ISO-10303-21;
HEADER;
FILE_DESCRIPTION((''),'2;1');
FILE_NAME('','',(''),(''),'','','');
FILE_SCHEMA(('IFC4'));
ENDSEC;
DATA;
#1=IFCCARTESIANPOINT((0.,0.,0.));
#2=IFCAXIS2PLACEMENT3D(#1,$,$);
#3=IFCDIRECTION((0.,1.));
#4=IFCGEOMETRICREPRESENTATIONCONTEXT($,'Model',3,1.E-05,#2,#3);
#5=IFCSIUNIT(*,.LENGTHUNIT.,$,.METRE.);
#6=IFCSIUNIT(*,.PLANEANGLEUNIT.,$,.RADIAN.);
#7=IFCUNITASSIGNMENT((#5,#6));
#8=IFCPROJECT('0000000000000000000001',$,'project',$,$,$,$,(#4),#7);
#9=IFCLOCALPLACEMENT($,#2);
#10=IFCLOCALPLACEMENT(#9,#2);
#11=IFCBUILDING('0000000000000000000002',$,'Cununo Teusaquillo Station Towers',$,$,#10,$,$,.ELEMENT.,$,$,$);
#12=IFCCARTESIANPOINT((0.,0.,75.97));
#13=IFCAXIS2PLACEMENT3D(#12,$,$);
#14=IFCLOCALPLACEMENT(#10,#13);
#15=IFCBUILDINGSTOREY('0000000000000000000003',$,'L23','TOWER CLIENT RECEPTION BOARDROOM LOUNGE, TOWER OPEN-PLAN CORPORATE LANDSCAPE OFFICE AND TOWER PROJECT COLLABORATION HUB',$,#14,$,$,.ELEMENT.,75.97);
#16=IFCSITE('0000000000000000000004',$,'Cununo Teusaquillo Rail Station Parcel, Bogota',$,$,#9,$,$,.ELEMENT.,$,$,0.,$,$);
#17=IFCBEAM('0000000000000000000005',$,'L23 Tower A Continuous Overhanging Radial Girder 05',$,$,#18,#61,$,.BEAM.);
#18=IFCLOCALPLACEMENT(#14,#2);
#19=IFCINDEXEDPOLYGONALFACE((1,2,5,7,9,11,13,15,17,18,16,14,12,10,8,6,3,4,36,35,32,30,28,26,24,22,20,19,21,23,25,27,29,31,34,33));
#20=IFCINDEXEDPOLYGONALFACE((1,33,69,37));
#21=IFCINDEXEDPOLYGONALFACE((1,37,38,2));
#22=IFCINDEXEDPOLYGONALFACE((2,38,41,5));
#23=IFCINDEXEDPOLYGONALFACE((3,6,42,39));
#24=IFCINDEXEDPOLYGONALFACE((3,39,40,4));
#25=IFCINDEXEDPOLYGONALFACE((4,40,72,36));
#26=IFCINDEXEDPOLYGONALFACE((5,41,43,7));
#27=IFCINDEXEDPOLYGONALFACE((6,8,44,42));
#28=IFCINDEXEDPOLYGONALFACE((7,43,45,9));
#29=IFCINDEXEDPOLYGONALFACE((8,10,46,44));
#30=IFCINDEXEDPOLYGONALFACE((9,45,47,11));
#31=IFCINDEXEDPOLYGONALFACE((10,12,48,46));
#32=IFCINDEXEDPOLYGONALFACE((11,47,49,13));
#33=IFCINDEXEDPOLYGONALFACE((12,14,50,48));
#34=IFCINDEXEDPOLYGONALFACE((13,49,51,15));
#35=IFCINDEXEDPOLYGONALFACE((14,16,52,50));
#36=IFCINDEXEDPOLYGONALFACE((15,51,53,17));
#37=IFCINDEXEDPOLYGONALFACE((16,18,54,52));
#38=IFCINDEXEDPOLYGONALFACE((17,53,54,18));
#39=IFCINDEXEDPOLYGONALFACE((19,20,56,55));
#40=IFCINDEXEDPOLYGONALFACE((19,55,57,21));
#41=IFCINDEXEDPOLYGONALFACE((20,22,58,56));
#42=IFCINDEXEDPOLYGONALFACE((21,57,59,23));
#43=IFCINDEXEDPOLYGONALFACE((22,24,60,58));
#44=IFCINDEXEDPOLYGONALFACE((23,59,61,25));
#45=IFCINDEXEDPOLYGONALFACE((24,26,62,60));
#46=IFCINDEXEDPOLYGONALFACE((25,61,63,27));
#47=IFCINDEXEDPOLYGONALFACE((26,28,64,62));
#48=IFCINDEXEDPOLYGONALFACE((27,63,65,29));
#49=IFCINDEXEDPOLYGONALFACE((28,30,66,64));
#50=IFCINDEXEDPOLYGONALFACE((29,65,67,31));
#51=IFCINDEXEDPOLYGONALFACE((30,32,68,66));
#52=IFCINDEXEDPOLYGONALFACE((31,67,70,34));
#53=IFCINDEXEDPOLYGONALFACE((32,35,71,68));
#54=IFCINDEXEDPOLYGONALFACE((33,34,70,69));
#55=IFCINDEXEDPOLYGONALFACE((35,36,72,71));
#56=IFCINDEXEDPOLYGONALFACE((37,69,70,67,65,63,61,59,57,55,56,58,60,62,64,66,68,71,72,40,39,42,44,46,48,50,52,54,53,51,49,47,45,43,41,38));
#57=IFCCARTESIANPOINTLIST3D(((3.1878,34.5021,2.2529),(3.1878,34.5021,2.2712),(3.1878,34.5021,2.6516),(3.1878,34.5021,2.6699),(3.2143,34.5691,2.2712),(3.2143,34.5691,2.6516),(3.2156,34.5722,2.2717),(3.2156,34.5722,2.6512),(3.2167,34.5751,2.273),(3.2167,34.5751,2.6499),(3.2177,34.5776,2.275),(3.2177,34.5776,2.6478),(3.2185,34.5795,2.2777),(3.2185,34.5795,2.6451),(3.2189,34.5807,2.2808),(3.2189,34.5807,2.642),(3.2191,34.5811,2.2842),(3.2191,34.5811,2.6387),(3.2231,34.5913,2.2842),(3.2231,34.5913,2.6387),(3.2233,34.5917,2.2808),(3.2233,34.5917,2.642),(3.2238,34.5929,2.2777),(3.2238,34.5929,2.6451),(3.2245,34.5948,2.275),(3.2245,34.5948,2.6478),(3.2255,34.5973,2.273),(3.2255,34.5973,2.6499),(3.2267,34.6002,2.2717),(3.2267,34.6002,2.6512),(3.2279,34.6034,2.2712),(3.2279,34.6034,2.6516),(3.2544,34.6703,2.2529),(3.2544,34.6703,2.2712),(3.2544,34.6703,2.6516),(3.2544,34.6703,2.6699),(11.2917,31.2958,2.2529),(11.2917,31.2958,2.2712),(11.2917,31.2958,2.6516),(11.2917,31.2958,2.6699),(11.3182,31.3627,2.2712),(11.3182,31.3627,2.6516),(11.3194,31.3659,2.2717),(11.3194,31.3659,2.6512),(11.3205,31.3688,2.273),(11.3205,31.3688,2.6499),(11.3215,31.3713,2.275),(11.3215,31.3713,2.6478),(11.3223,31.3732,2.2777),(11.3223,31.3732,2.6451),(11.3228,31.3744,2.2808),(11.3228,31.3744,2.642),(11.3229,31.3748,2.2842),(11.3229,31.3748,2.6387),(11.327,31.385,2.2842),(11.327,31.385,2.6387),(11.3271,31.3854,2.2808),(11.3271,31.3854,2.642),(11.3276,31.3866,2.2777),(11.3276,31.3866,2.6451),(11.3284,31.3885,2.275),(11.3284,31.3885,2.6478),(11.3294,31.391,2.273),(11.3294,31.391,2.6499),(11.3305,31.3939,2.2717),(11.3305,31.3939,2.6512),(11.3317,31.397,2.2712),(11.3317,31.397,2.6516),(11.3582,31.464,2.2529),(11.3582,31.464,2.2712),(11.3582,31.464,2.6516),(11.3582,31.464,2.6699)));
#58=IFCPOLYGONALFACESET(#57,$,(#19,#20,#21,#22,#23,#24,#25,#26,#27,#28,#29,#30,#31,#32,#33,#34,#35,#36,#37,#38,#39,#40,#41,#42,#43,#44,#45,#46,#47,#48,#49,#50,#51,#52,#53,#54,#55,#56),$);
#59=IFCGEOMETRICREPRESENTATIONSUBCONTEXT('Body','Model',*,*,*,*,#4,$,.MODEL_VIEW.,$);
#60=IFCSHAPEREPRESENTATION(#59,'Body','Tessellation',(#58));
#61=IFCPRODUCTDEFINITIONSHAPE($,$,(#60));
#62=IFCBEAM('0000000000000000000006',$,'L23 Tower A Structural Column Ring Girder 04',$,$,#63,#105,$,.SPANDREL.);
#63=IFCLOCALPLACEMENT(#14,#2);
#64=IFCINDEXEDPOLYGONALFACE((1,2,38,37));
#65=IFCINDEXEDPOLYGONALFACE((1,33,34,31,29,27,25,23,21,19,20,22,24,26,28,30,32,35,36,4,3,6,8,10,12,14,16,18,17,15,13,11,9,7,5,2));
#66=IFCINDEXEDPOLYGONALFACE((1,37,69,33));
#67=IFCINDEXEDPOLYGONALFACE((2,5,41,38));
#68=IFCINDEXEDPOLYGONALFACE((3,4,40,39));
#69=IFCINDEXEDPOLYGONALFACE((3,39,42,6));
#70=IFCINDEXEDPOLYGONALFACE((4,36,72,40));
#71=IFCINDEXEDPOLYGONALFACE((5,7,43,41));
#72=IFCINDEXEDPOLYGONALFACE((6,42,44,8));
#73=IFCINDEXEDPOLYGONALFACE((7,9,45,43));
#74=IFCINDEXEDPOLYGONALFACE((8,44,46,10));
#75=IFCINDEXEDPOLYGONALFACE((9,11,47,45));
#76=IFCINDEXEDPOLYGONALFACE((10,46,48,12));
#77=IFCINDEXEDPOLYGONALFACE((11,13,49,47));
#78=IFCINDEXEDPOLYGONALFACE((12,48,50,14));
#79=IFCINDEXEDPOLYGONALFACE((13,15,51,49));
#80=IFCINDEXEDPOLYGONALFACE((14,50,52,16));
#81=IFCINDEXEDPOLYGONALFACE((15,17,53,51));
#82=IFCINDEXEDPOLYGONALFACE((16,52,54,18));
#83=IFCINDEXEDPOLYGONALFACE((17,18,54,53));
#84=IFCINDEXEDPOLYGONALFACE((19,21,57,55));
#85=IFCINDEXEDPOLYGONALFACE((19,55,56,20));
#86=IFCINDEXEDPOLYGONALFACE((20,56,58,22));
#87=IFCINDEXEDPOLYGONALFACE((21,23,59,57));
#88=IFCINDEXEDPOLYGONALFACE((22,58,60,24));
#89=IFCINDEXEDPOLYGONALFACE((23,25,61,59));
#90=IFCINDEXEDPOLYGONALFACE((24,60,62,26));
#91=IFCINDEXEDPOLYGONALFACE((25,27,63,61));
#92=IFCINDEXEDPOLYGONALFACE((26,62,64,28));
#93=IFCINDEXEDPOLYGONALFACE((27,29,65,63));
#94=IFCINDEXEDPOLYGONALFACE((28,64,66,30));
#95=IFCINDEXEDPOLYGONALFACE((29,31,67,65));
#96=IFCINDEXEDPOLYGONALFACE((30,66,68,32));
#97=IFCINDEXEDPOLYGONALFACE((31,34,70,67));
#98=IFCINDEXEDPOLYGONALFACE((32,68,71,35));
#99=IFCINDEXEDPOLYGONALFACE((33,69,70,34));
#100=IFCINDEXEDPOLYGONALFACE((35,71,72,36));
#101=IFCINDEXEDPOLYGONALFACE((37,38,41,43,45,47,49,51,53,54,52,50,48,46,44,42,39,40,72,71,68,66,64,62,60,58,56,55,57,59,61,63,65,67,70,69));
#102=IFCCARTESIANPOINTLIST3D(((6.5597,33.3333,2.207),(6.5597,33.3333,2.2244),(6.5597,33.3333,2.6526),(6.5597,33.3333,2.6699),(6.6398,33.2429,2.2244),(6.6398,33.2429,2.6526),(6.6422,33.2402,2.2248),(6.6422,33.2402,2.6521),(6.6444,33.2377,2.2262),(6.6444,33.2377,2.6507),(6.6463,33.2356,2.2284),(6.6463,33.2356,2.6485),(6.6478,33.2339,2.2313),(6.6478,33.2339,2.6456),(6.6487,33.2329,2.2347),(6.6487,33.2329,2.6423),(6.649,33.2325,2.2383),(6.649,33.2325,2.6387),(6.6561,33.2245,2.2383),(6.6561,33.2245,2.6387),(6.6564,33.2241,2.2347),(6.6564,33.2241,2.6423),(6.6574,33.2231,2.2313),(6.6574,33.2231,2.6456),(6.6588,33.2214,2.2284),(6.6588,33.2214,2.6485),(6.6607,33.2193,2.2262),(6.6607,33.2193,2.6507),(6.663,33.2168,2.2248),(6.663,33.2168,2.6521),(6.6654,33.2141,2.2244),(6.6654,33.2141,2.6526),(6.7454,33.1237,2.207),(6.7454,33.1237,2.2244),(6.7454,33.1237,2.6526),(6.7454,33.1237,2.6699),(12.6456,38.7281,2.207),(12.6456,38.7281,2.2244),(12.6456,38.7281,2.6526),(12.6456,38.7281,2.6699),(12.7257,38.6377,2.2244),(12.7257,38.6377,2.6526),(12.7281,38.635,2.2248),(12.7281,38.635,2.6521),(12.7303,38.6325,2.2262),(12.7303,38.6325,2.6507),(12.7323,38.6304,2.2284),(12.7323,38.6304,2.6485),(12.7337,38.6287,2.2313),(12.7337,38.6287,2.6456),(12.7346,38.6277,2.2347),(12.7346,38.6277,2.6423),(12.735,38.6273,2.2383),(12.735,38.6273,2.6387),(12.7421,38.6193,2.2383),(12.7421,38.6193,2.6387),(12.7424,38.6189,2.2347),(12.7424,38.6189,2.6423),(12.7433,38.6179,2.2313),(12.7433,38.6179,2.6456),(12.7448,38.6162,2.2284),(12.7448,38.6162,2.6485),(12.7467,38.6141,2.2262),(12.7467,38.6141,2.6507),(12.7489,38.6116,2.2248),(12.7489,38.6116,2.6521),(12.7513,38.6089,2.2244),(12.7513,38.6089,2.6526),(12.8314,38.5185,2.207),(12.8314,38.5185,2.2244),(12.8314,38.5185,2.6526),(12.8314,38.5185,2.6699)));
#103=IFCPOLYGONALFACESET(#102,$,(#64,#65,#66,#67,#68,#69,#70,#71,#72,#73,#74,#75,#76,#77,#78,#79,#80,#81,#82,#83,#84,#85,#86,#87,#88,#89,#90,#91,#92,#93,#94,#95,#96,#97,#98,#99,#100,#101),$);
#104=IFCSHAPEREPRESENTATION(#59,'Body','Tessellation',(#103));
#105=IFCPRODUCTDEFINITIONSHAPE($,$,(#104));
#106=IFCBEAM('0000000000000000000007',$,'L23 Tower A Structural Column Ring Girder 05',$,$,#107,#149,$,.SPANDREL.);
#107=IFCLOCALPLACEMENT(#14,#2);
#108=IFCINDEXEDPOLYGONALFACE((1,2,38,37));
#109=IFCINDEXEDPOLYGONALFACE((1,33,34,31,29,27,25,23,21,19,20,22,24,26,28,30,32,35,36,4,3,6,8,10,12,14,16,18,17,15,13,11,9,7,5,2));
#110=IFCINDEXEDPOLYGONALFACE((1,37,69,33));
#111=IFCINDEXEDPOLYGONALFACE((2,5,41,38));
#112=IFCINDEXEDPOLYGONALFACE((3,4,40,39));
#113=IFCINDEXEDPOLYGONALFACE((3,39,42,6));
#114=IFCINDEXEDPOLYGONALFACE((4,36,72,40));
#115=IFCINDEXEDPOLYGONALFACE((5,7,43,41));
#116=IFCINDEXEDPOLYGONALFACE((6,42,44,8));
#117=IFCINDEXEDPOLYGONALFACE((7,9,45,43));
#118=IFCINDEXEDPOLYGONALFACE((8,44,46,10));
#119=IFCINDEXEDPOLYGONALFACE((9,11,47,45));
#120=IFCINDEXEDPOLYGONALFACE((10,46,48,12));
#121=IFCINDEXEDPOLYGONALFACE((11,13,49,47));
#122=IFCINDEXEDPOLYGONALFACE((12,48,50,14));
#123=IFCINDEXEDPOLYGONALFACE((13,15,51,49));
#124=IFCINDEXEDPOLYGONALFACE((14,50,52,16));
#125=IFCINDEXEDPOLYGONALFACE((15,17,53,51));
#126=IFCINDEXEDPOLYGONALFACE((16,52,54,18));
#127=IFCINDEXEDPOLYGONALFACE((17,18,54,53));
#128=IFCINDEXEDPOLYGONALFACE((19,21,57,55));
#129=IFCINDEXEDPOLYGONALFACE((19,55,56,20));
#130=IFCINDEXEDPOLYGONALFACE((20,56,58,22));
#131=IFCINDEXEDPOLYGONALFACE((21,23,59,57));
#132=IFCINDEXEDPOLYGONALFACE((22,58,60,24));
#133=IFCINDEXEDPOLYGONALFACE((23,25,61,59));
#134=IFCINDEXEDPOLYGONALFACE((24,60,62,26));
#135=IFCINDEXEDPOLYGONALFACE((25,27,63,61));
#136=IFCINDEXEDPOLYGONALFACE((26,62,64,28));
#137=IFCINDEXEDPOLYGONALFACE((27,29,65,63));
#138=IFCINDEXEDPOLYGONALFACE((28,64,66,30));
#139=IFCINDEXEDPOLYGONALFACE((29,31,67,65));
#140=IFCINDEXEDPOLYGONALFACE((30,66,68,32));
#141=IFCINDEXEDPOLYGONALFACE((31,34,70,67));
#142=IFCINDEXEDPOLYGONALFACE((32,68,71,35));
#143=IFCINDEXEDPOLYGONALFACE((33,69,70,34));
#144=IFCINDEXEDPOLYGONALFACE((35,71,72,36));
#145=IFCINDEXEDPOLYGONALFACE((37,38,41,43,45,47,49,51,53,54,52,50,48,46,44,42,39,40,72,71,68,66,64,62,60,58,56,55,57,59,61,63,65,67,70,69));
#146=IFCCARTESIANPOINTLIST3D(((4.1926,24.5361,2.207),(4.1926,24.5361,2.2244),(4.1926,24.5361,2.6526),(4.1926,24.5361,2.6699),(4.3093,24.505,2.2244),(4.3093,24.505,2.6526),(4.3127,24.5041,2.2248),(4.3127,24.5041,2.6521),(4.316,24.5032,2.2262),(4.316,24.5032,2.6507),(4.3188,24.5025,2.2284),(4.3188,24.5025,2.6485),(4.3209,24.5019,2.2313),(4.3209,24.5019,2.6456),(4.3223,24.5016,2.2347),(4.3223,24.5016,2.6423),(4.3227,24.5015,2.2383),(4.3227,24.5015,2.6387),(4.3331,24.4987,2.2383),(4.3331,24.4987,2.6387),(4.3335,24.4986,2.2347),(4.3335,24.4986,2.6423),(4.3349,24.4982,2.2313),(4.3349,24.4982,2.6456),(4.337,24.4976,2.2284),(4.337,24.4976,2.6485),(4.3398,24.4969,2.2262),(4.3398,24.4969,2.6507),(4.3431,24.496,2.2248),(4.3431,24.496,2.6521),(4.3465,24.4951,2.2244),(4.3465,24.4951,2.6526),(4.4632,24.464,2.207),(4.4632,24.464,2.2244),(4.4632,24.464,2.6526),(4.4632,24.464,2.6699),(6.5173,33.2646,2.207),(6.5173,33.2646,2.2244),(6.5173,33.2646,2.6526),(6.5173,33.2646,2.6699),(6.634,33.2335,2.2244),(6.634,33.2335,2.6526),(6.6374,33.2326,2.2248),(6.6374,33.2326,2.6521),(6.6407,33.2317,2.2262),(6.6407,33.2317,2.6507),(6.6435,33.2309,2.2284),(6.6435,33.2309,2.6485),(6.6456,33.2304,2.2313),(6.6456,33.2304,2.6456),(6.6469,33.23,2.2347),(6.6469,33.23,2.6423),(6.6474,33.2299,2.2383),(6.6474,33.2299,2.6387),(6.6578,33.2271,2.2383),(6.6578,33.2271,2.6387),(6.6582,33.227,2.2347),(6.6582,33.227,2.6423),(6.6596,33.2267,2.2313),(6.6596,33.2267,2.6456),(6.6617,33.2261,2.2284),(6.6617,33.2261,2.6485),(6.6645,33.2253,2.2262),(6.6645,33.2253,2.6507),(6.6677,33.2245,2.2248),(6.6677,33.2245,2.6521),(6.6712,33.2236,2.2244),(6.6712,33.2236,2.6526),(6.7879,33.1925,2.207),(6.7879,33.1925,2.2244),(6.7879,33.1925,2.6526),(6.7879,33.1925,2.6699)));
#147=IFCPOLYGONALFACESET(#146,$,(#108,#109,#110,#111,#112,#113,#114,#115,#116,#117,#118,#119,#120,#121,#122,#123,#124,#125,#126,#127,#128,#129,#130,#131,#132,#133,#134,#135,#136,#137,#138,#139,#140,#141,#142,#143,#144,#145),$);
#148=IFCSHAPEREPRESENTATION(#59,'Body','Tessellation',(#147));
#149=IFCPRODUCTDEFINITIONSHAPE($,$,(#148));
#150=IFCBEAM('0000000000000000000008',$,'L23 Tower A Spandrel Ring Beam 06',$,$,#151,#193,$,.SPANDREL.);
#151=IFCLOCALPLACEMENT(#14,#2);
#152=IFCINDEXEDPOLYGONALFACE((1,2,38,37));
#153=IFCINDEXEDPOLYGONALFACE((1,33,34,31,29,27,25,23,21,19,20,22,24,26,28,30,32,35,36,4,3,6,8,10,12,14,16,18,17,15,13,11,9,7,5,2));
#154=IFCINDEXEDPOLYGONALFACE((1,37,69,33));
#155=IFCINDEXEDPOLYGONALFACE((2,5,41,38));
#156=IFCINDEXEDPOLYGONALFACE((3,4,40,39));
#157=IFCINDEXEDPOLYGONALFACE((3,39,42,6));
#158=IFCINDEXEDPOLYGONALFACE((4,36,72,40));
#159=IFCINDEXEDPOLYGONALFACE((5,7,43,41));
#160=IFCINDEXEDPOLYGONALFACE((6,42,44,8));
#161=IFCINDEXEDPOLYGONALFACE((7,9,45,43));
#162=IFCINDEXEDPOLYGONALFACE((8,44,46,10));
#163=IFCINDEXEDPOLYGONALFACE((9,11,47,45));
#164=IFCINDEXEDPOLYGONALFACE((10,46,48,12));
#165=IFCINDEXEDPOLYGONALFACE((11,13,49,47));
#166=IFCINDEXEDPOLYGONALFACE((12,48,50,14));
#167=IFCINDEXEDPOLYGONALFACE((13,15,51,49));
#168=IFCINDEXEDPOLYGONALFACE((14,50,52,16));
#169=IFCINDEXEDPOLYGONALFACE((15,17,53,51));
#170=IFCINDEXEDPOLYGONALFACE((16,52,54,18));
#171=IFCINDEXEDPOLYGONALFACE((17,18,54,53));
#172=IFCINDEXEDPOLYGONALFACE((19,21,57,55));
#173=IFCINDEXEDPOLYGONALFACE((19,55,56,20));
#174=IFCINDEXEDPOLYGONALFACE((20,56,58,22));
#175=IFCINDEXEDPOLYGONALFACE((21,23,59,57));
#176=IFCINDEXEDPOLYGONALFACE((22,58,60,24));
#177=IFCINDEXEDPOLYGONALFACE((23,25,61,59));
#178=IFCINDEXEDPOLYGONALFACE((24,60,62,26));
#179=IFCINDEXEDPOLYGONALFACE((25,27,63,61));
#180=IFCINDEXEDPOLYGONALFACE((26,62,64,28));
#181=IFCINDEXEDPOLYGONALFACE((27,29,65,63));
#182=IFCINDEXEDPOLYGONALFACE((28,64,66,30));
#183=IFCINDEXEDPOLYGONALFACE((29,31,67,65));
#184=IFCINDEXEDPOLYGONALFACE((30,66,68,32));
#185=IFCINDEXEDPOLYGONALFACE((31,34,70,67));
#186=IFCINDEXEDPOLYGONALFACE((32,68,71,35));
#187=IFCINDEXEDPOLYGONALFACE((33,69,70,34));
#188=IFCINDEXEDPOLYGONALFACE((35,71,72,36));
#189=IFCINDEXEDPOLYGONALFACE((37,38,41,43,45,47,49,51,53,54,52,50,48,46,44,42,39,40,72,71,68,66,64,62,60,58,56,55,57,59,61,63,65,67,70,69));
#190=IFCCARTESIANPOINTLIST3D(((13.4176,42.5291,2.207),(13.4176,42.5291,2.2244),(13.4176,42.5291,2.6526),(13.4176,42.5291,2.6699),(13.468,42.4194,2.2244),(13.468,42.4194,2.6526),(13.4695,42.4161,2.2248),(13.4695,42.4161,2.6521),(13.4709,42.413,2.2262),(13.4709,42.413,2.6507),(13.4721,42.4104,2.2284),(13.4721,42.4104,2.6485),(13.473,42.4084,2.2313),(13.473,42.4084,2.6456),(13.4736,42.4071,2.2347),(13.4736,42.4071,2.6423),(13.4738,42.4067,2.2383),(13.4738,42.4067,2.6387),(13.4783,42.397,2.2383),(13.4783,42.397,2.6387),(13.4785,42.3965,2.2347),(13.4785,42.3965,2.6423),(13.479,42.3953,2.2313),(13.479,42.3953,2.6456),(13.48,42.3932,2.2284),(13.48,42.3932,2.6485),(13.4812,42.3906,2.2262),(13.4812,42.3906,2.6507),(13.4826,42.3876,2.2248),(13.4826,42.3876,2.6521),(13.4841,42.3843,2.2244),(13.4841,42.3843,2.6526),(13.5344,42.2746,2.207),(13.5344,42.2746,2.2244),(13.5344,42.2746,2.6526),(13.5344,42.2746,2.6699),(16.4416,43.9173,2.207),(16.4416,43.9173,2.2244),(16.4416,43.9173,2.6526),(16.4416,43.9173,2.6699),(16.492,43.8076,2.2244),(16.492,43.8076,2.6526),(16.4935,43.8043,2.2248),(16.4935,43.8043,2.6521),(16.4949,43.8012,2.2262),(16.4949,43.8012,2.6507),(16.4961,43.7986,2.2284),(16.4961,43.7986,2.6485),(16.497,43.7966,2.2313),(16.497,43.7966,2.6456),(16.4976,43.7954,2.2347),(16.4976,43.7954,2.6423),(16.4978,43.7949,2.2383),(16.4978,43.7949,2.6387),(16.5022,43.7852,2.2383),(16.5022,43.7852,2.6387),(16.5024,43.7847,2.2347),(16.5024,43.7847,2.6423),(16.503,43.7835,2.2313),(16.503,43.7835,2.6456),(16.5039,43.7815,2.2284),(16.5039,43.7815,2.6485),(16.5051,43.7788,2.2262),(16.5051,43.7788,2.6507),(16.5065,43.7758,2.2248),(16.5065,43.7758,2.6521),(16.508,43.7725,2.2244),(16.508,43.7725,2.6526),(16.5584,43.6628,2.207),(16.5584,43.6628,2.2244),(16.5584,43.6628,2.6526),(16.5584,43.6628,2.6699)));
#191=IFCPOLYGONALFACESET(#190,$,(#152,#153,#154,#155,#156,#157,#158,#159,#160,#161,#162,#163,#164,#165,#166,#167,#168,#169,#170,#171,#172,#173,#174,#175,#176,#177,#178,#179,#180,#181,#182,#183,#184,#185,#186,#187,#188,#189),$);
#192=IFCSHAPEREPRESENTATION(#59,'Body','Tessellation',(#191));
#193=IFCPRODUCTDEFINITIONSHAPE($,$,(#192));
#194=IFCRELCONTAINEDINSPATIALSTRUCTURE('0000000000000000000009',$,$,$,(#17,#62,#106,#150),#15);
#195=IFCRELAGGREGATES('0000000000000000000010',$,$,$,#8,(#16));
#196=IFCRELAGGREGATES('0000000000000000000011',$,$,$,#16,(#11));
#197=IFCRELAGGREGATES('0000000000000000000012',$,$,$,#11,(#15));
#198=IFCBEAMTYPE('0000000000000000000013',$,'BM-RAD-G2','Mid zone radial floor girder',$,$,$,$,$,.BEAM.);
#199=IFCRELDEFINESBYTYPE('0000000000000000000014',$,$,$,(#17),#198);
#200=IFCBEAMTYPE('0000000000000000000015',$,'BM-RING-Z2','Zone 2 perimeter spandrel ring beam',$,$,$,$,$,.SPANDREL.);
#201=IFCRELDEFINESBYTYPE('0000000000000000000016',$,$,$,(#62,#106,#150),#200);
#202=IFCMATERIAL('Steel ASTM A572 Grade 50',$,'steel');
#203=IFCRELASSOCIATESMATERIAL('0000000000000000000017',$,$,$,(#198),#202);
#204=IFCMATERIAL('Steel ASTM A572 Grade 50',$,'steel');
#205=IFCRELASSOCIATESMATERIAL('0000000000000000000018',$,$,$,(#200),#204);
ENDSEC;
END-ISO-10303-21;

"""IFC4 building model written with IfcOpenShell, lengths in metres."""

from ifc_helpers import new_model, si_unit, direction, frame, origin, origin_2d, place, context, subcontext, project, spatial, i_section, extrude, material, material_profile, profile_set, type_object, element, save


model = new_model("IFC4")

# Units and contexts
model_context = context("Model", 3, precision=1e-05, world=origin(), true_north=direction((0.0, 1.0)))
body_context = subcontext(model_context, "Body", "Model", "MODEL_VIEW")
ifc_project = project(units=[si_unit("LENGTHUNIT", "METRE"), si_unit("PLANEANGLEUNIT", "RADIAN")], contexts=[model_context])

# Site, building, storey
site_placement = place(None, origin())
site = spatial("IfcSite", under=ifc_project, at=site_placement, Name="Cununo Teusaquillo Rail Station Parcel, Bogota", CompositionType="ELEMENT", RefElevation=0.0)
building_placement = place(site_placement, origin())
building = spatial("IfcBuilding", under=site, at=building_placement, Name="Cununo Teusaquillo Station Towers", CompositionType="ELEMENT")
storey_placement = place(building_placement, frame((0.0, 0.0, 75.97)))
storey = spatial("IfcBuildingStorey", under=building, at=storey_placement, Name="L23", Description="TOWER CLIENT RECEPTION BOARDROOM LOUNGE, TOWER OPEN-PLAN CORPORATE LANDSCAPE OFFICE AND TOWER PROJECT COLLABORATION HUB", CompositionType="ELEMENT", Elevation=75.97)

# Beams
ifc_material_1 = material(Name="Steel ASTM A572 Grade 50", Category="steel")
ifc_material_profile_1 = material_profile(ifc_material_1, i_section(OverallWidth=0.1809, OverallDepth=0.417, WebThickness=0.011, FlangeThickness=0.0183, FilletRadius=0.0129, at=origin_2d()), Name="W16X57")
ifc_profile_set_1 = profile_set([ifc_material_profile_1], Name="Steel ASTM A572 Grade 50")
beam_type_1 = type_object("IfcBeamType", Name="BM-RAD-G2", Description="Mid zone radial floor girder", PredefinedType="BEAM", material=ifc_profile_set_1)
beam_1_placement = place(storey_placement, frame((11.325, 31.3799, 2.4614), z_axis=(-0.929863, 0.367906, 0.0), x_axis=(-0.367906, -0.929863, 0.0)))
element("IfcBeam", 1, at=beam_1_placement, inside=storey, type_object=beam_type_1, Name="L23 Tower A Continuous Overhanging Radial Girder 05", PredefinedType="BEAM", context=body_context, shape_type="SweptSolid", body=[
    extrude(i_section(OverallWidth=0.1809, OverallDepth=0.417, WebThickness=0.011, FlangeThickness=0.0183, FilletRadius=0.0129, at=origin_2d()), origin(), (0.0, 0.0, 1.0), 8.7151),
])
ifc_material_2 = material(Name="Steel ASTM A572 Grade 50", Category="steel")
ifc_material_profile_2 = material_profile(ifc_material_2, i_section(OverallWidth=0.28, OverallDepth=0.4629, WebThickness=0.0107, FlangeThickness=0.0173, FilletRadius=0.0139, at=origin_2d()), Name="W18X76")
ifc_profile_set_2 = profile_set([ifc_material_profile_2], Name="Steel ASTM A572 Grade 50")
beam_type_2 = type_object("IfcBeamType", Name="BM-RING-Z2", Description="Zone 2 perimeter spandrel ring beam", PredefinedType="SPANDREL", material=ifc_profile_set_2)
beam_2_placement = place(storey_placement, frame((12.7385, 38.6233, 2.4385), z_axis=(-0.748321, -0.663337, 0.0), x_axis=(0.663337, -0.748321, 0.0)))
element("IfcBeam", 2, at=beam_2_placement, inside=storey, type_object=beam_type_2, Name="L23 Tower A Structural Column Ring Girder 04", PredefinedType="SPANDREL", context=body_context, shape_type="SweptSolid", body=[
    extrude(i_section(OverallWidth=0.28, OverallDepth=0.4629, WebThickness=0.0107, FlangeThickness=0.0173, FilletRadius=0.0139, at=origin_2d()), origin(), (0.0, 0.0, 1.0), 8.1328),
])
beam_3_placement = place(storey_placement, frame((6.6526, 33.2285, 2.4385), z_axis=(-0.257363, -0.966315, 0.0), x_axis=(0.966315, -0.257363, 0.0)))
element("IfcBeam", 3, at=beam_3_placement, inside=storey, type_object=beam_type_2, Name="L23 Tower A Structural Column Ring Girder 05", PredefinedType="SPANDREL", context=body_context, shape_type="SweptSolid", body=[
    extrude(i_section(OverallWidth=0.28, OverallDepth=0.4629, WebThickness=0.0107, FlangeThickness=0.0173, FilletRadius=0.0139, at=origin_2d()), origin(), (0.0, 0.0, 1.0), 9.0327),
])
beam_4_placement = place(storey_placement, frame((16.5, 43.79, 2.4385), z_axis=(-0.908812, -0.417205, 0.0), x_axis=(0.417205, -0.908812, 0.0)))
element("IfcBeam", 4, at=beam_4_placement, inside=storey, type_object=beam_type_2, Name="L23 Tower A Spandrel Ring Beam 06", PredefinedType="SPANDREL", context=body_context, shape_type="SweptSolid", body=[
    extrude(i_section(OverallWidth=0.28, OverallDepth=0.4629, WebThickness=0.0107, FlangeThickness=0.0173, FilletRadius=0.0139, at=origin_2d()), origin(), (0.0, 0.0, 1.0), 3.3274),
])

save(model, "model.ifc")
